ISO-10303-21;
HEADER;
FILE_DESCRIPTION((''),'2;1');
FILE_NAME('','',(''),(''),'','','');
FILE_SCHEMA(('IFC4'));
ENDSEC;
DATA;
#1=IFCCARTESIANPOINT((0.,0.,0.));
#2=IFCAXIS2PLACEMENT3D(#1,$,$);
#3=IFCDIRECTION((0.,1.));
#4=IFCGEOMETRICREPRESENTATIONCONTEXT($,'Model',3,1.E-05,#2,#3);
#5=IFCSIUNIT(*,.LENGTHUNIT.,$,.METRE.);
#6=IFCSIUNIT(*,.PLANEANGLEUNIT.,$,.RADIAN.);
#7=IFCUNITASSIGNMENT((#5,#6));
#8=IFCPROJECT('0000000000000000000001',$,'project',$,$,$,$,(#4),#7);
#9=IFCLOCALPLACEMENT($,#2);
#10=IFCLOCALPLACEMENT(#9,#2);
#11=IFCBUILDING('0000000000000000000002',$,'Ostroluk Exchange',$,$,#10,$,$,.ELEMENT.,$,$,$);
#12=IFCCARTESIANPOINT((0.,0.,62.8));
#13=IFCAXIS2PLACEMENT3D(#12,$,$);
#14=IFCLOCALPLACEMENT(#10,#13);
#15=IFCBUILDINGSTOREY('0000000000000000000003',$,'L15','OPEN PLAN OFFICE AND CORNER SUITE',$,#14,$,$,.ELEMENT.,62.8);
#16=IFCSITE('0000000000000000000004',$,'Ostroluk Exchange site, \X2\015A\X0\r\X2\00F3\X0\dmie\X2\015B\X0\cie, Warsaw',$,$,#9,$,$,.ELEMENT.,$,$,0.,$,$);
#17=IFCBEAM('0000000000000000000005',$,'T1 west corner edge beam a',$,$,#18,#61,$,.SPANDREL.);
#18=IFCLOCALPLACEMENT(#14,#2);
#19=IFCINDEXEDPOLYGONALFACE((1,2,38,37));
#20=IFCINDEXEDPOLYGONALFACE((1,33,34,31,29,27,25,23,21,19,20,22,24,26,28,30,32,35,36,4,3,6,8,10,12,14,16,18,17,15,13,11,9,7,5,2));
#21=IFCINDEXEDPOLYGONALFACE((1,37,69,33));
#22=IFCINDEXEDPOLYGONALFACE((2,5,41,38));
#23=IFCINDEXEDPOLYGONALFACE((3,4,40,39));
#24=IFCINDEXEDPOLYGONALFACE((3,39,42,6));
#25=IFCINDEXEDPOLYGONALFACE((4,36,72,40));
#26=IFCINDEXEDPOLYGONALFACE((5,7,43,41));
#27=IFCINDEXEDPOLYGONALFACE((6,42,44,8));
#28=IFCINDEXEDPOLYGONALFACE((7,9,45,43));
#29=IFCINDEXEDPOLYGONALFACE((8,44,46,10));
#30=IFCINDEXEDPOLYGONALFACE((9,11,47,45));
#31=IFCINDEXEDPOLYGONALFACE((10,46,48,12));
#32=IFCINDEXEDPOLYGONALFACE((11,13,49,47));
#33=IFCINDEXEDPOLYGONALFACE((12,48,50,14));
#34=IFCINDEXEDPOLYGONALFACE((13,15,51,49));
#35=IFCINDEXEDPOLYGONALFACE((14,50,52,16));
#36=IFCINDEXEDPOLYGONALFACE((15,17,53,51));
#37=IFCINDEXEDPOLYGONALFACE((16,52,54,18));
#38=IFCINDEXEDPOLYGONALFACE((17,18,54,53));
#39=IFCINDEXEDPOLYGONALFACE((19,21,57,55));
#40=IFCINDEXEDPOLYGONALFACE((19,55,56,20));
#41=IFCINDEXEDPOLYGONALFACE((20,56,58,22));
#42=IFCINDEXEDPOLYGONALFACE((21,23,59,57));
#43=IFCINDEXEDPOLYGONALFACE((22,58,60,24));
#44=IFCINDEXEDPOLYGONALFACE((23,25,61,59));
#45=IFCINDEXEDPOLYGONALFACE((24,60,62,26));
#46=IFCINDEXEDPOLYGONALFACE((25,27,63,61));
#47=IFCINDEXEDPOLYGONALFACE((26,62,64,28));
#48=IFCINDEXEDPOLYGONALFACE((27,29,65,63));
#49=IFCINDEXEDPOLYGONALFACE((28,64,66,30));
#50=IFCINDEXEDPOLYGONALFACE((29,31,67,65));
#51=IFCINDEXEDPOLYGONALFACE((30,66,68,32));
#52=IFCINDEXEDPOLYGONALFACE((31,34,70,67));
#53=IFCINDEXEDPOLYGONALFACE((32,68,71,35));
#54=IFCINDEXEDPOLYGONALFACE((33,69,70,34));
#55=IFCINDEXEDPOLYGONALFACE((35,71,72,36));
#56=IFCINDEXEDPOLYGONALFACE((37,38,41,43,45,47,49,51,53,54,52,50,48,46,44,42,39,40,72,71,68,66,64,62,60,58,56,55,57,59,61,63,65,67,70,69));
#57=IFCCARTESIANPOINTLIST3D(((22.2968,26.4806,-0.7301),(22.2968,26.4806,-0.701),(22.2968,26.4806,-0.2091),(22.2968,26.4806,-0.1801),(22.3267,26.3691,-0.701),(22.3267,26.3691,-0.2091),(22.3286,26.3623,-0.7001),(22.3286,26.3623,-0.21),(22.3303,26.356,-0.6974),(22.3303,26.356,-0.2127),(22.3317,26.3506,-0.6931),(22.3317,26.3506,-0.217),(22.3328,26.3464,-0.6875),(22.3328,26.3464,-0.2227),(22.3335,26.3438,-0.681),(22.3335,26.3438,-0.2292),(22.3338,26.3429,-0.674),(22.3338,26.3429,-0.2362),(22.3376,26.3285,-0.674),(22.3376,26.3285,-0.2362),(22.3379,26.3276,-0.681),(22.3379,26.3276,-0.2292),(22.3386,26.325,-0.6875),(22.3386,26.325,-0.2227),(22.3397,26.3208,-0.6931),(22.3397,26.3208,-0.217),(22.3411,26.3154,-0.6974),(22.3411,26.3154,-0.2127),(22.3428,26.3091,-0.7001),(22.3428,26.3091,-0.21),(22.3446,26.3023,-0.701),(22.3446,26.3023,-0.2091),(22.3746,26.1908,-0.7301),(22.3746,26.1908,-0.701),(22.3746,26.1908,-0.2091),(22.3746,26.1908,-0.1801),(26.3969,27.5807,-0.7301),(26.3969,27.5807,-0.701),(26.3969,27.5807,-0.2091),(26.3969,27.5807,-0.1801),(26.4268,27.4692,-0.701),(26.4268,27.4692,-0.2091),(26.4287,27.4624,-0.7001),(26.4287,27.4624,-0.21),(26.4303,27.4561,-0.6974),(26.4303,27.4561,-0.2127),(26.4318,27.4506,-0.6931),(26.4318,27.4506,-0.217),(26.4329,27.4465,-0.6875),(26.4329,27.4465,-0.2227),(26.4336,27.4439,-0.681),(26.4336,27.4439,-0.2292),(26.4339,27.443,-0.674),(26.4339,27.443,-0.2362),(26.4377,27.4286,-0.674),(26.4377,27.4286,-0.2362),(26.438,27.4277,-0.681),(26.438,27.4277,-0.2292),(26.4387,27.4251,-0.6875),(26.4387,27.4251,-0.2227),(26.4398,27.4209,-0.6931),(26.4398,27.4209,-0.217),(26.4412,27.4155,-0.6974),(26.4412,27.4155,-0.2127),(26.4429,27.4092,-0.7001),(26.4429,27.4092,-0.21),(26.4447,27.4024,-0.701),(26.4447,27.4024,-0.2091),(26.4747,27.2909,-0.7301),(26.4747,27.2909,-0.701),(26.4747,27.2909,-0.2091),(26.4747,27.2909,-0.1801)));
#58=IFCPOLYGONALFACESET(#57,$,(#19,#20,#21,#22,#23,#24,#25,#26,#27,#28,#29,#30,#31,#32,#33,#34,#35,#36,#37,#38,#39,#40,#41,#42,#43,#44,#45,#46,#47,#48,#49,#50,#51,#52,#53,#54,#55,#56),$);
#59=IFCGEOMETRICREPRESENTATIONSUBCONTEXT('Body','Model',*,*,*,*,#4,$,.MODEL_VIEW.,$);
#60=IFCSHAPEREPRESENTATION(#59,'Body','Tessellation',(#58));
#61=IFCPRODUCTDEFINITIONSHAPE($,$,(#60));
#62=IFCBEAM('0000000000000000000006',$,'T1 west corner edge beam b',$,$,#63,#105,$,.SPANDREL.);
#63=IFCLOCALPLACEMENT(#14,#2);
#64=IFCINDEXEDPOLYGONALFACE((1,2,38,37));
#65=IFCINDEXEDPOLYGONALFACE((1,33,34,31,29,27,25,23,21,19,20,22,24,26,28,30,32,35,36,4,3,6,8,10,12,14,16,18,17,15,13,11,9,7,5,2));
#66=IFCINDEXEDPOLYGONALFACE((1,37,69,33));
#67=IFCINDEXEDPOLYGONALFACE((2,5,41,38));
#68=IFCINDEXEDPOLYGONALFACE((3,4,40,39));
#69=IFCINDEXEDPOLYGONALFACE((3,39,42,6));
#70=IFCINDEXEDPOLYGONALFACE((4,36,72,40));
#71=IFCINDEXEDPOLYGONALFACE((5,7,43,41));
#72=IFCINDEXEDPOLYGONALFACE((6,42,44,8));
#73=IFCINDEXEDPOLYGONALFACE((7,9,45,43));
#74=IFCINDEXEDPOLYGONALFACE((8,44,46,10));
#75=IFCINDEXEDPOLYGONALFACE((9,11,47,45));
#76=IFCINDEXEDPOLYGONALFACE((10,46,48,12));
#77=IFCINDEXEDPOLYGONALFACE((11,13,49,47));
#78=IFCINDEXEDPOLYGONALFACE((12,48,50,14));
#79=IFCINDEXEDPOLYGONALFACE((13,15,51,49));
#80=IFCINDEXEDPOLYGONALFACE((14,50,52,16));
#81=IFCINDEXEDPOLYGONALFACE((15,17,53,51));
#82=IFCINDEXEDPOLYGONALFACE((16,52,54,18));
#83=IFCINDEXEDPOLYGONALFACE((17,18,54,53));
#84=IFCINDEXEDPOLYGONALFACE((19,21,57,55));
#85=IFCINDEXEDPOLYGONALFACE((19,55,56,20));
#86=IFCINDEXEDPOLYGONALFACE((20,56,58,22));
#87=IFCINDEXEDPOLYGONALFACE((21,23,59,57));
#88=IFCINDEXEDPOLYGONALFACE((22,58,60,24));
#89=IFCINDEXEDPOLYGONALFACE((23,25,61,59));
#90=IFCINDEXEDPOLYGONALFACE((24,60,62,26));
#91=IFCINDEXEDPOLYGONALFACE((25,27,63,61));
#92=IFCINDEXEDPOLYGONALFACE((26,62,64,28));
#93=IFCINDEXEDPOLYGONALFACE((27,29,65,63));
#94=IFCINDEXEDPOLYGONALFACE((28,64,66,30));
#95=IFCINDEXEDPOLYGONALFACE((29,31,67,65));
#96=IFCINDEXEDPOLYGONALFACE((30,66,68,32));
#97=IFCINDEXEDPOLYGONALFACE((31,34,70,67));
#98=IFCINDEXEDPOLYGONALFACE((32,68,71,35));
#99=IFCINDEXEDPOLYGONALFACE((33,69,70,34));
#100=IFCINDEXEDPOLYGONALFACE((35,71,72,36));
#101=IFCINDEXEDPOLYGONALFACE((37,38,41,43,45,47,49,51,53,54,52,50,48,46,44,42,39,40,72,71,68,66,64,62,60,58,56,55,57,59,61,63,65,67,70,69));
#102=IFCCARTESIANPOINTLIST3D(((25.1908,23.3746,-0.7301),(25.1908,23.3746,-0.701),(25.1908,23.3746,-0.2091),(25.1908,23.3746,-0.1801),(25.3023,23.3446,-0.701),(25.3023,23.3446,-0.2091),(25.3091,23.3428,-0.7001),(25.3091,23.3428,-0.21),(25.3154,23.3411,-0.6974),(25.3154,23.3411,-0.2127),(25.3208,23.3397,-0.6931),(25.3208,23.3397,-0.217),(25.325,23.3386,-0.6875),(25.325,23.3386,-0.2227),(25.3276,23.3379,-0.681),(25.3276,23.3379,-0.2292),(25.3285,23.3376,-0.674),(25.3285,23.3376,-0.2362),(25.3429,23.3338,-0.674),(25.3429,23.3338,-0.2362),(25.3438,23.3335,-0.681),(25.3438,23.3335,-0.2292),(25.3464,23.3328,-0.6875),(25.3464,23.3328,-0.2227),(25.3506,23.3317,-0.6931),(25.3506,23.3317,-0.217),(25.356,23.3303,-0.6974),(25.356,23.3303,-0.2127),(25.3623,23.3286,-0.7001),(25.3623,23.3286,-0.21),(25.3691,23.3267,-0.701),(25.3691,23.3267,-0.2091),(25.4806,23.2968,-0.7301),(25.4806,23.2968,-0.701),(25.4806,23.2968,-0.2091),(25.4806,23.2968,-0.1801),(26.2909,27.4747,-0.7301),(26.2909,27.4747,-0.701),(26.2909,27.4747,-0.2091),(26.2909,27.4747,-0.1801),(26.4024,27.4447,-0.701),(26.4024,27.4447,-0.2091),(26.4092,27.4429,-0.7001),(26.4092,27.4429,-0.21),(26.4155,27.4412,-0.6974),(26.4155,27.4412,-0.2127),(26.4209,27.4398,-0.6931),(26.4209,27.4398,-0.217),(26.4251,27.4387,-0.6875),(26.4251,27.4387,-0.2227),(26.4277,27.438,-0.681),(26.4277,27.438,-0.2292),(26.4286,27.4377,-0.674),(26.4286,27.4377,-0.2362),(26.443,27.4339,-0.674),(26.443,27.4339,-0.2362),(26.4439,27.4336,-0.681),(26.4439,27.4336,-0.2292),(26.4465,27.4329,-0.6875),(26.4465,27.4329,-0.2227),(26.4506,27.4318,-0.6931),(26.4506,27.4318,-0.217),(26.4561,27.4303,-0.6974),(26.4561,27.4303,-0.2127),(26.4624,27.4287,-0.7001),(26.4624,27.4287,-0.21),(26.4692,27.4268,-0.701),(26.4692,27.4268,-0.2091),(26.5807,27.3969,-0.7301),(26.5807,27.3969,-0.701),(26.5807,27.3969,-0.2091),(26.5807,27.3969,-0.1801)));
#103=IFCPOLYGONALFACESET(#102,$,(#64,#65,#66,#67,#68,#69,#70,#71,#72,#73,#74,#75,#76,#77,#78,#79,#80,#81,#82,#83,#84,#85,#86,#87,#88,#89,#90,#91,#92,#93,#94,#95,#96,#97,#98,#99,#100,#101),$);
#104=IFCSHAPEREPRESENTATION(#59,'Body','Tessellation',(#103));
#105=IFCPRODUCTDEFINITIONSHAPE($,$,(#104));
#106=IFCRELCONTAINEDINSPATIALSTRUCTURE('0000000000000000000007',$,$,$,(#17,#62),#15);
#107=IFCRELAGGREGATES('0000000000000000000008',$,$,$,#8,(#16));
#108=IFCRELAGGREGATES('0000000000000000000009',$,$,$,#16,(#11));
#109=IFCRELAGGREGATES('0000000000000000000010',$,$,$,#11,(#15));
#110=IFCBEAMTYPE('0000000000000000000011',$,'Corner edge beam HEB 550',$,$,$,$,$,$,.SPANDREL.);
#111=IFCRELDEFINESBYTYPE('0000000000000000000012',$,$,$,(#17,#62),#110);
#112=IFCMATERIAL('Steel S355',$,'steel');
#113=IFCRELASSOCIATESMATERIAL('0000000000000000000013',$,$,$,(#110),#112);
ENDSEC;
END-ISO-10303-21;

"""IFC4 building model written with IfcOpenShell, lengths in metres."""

from ifc_helpers import new_model, si_unit, direction, frame, origin, origin_2d, place, context, subcontext, project, spatial, i_section, extrude, material, material_profile, profile_set, type_object, element, save


model = new_model("IFC4")

# Units and contexts
model_context = context("Model", 3, precision=1e-05, world=origin(), true_north=direction((0.0, 1.0)))
body_context = subcontext(model_context, "Body", "Model", "MODEL_VIEW")
ifc_project = project(units=[si_unit("LENGTHUNIT", "METRE"), si_unit("PLANEANGLEUNIT", "RADIAN")], contexts=[model_context])

# Site, building, storey
site_placement = place(None, origin())
site = spatial("IfcSite", under=ifc_project, at=site_placement, Name="Ostroluk Exchange site, Śródmieście, Warsaw", CompositionType="ELEMENT", RefElevation=0.0)
building_placement = place(site_placement, origin())
building = spatial("IfcBuilding", under=site, at=building_placement, Name="Ostroluk Exchange", CompositionType="ELEMENT")
storey_placement = place(building_placement, frame((0.0, 0.0, 62.8)))
storey = spatial("IfcBuildingStorey", under=building, at=storey_placement, Name="L15", Description="OPEN PLAN OFFICE AND CORNER SUITE", CompositionType="ELEMENT", Elevation=62.8)

# Beams
ifc_material_1 = material(Name="Steel S355", Category="steel")
ifc_material_profile = material_profile(ifc_material_1, i_section(OverallWidth=0.3, OverallDepth=0.55, WebThickness=0.0149, FlangeThickness=0.0291, FilletRadius=0.0271, at=origin_2d()), Name="HEB 550")
ifc_profile_set = profile_set([ifc_material_profile], Name="Steel S355")
beam_type = type_object("IfcBeamType", Name="Corner edge beam HEB 550", PredefinedType="SPANDREL", material=ifc_profile_set)
for number, where, z_axis, x_axis, name in (
    (1, (26.4358, 27.4358, -0.4551), (-0.965839, -0.259144, 0.0), (0.259144, -0.965839, 0.0), "T1 west corner edge beam a"),
    (2, (26.4358, 27.4358, -0.4551), (-0.259144, -0.965839, 0.0), (0.965839, -0.259144, 0.0), "T1 west corner edge beam b"),
):
    element("IfcBeam", number, at=place(storey_placement, frame(where, z_axis=z_axis, x_axis=x_axis)), inside=storey, type_object=beam_type, Name=name, PredefinedType="SPANDREL", context=body_context, shape_type="SweptSolid", body=[
        extrude(i_section(OverallWidth=0.3, OverallDepth=0.55, WebThickness=0.0149, FlangeThickness=0.0291, FilletRadius=0.0271, at=origin_2d()), origin(), (0.0, 0.0, 1.0), 4.2451),
    ])

save(model, "model.ifc")
